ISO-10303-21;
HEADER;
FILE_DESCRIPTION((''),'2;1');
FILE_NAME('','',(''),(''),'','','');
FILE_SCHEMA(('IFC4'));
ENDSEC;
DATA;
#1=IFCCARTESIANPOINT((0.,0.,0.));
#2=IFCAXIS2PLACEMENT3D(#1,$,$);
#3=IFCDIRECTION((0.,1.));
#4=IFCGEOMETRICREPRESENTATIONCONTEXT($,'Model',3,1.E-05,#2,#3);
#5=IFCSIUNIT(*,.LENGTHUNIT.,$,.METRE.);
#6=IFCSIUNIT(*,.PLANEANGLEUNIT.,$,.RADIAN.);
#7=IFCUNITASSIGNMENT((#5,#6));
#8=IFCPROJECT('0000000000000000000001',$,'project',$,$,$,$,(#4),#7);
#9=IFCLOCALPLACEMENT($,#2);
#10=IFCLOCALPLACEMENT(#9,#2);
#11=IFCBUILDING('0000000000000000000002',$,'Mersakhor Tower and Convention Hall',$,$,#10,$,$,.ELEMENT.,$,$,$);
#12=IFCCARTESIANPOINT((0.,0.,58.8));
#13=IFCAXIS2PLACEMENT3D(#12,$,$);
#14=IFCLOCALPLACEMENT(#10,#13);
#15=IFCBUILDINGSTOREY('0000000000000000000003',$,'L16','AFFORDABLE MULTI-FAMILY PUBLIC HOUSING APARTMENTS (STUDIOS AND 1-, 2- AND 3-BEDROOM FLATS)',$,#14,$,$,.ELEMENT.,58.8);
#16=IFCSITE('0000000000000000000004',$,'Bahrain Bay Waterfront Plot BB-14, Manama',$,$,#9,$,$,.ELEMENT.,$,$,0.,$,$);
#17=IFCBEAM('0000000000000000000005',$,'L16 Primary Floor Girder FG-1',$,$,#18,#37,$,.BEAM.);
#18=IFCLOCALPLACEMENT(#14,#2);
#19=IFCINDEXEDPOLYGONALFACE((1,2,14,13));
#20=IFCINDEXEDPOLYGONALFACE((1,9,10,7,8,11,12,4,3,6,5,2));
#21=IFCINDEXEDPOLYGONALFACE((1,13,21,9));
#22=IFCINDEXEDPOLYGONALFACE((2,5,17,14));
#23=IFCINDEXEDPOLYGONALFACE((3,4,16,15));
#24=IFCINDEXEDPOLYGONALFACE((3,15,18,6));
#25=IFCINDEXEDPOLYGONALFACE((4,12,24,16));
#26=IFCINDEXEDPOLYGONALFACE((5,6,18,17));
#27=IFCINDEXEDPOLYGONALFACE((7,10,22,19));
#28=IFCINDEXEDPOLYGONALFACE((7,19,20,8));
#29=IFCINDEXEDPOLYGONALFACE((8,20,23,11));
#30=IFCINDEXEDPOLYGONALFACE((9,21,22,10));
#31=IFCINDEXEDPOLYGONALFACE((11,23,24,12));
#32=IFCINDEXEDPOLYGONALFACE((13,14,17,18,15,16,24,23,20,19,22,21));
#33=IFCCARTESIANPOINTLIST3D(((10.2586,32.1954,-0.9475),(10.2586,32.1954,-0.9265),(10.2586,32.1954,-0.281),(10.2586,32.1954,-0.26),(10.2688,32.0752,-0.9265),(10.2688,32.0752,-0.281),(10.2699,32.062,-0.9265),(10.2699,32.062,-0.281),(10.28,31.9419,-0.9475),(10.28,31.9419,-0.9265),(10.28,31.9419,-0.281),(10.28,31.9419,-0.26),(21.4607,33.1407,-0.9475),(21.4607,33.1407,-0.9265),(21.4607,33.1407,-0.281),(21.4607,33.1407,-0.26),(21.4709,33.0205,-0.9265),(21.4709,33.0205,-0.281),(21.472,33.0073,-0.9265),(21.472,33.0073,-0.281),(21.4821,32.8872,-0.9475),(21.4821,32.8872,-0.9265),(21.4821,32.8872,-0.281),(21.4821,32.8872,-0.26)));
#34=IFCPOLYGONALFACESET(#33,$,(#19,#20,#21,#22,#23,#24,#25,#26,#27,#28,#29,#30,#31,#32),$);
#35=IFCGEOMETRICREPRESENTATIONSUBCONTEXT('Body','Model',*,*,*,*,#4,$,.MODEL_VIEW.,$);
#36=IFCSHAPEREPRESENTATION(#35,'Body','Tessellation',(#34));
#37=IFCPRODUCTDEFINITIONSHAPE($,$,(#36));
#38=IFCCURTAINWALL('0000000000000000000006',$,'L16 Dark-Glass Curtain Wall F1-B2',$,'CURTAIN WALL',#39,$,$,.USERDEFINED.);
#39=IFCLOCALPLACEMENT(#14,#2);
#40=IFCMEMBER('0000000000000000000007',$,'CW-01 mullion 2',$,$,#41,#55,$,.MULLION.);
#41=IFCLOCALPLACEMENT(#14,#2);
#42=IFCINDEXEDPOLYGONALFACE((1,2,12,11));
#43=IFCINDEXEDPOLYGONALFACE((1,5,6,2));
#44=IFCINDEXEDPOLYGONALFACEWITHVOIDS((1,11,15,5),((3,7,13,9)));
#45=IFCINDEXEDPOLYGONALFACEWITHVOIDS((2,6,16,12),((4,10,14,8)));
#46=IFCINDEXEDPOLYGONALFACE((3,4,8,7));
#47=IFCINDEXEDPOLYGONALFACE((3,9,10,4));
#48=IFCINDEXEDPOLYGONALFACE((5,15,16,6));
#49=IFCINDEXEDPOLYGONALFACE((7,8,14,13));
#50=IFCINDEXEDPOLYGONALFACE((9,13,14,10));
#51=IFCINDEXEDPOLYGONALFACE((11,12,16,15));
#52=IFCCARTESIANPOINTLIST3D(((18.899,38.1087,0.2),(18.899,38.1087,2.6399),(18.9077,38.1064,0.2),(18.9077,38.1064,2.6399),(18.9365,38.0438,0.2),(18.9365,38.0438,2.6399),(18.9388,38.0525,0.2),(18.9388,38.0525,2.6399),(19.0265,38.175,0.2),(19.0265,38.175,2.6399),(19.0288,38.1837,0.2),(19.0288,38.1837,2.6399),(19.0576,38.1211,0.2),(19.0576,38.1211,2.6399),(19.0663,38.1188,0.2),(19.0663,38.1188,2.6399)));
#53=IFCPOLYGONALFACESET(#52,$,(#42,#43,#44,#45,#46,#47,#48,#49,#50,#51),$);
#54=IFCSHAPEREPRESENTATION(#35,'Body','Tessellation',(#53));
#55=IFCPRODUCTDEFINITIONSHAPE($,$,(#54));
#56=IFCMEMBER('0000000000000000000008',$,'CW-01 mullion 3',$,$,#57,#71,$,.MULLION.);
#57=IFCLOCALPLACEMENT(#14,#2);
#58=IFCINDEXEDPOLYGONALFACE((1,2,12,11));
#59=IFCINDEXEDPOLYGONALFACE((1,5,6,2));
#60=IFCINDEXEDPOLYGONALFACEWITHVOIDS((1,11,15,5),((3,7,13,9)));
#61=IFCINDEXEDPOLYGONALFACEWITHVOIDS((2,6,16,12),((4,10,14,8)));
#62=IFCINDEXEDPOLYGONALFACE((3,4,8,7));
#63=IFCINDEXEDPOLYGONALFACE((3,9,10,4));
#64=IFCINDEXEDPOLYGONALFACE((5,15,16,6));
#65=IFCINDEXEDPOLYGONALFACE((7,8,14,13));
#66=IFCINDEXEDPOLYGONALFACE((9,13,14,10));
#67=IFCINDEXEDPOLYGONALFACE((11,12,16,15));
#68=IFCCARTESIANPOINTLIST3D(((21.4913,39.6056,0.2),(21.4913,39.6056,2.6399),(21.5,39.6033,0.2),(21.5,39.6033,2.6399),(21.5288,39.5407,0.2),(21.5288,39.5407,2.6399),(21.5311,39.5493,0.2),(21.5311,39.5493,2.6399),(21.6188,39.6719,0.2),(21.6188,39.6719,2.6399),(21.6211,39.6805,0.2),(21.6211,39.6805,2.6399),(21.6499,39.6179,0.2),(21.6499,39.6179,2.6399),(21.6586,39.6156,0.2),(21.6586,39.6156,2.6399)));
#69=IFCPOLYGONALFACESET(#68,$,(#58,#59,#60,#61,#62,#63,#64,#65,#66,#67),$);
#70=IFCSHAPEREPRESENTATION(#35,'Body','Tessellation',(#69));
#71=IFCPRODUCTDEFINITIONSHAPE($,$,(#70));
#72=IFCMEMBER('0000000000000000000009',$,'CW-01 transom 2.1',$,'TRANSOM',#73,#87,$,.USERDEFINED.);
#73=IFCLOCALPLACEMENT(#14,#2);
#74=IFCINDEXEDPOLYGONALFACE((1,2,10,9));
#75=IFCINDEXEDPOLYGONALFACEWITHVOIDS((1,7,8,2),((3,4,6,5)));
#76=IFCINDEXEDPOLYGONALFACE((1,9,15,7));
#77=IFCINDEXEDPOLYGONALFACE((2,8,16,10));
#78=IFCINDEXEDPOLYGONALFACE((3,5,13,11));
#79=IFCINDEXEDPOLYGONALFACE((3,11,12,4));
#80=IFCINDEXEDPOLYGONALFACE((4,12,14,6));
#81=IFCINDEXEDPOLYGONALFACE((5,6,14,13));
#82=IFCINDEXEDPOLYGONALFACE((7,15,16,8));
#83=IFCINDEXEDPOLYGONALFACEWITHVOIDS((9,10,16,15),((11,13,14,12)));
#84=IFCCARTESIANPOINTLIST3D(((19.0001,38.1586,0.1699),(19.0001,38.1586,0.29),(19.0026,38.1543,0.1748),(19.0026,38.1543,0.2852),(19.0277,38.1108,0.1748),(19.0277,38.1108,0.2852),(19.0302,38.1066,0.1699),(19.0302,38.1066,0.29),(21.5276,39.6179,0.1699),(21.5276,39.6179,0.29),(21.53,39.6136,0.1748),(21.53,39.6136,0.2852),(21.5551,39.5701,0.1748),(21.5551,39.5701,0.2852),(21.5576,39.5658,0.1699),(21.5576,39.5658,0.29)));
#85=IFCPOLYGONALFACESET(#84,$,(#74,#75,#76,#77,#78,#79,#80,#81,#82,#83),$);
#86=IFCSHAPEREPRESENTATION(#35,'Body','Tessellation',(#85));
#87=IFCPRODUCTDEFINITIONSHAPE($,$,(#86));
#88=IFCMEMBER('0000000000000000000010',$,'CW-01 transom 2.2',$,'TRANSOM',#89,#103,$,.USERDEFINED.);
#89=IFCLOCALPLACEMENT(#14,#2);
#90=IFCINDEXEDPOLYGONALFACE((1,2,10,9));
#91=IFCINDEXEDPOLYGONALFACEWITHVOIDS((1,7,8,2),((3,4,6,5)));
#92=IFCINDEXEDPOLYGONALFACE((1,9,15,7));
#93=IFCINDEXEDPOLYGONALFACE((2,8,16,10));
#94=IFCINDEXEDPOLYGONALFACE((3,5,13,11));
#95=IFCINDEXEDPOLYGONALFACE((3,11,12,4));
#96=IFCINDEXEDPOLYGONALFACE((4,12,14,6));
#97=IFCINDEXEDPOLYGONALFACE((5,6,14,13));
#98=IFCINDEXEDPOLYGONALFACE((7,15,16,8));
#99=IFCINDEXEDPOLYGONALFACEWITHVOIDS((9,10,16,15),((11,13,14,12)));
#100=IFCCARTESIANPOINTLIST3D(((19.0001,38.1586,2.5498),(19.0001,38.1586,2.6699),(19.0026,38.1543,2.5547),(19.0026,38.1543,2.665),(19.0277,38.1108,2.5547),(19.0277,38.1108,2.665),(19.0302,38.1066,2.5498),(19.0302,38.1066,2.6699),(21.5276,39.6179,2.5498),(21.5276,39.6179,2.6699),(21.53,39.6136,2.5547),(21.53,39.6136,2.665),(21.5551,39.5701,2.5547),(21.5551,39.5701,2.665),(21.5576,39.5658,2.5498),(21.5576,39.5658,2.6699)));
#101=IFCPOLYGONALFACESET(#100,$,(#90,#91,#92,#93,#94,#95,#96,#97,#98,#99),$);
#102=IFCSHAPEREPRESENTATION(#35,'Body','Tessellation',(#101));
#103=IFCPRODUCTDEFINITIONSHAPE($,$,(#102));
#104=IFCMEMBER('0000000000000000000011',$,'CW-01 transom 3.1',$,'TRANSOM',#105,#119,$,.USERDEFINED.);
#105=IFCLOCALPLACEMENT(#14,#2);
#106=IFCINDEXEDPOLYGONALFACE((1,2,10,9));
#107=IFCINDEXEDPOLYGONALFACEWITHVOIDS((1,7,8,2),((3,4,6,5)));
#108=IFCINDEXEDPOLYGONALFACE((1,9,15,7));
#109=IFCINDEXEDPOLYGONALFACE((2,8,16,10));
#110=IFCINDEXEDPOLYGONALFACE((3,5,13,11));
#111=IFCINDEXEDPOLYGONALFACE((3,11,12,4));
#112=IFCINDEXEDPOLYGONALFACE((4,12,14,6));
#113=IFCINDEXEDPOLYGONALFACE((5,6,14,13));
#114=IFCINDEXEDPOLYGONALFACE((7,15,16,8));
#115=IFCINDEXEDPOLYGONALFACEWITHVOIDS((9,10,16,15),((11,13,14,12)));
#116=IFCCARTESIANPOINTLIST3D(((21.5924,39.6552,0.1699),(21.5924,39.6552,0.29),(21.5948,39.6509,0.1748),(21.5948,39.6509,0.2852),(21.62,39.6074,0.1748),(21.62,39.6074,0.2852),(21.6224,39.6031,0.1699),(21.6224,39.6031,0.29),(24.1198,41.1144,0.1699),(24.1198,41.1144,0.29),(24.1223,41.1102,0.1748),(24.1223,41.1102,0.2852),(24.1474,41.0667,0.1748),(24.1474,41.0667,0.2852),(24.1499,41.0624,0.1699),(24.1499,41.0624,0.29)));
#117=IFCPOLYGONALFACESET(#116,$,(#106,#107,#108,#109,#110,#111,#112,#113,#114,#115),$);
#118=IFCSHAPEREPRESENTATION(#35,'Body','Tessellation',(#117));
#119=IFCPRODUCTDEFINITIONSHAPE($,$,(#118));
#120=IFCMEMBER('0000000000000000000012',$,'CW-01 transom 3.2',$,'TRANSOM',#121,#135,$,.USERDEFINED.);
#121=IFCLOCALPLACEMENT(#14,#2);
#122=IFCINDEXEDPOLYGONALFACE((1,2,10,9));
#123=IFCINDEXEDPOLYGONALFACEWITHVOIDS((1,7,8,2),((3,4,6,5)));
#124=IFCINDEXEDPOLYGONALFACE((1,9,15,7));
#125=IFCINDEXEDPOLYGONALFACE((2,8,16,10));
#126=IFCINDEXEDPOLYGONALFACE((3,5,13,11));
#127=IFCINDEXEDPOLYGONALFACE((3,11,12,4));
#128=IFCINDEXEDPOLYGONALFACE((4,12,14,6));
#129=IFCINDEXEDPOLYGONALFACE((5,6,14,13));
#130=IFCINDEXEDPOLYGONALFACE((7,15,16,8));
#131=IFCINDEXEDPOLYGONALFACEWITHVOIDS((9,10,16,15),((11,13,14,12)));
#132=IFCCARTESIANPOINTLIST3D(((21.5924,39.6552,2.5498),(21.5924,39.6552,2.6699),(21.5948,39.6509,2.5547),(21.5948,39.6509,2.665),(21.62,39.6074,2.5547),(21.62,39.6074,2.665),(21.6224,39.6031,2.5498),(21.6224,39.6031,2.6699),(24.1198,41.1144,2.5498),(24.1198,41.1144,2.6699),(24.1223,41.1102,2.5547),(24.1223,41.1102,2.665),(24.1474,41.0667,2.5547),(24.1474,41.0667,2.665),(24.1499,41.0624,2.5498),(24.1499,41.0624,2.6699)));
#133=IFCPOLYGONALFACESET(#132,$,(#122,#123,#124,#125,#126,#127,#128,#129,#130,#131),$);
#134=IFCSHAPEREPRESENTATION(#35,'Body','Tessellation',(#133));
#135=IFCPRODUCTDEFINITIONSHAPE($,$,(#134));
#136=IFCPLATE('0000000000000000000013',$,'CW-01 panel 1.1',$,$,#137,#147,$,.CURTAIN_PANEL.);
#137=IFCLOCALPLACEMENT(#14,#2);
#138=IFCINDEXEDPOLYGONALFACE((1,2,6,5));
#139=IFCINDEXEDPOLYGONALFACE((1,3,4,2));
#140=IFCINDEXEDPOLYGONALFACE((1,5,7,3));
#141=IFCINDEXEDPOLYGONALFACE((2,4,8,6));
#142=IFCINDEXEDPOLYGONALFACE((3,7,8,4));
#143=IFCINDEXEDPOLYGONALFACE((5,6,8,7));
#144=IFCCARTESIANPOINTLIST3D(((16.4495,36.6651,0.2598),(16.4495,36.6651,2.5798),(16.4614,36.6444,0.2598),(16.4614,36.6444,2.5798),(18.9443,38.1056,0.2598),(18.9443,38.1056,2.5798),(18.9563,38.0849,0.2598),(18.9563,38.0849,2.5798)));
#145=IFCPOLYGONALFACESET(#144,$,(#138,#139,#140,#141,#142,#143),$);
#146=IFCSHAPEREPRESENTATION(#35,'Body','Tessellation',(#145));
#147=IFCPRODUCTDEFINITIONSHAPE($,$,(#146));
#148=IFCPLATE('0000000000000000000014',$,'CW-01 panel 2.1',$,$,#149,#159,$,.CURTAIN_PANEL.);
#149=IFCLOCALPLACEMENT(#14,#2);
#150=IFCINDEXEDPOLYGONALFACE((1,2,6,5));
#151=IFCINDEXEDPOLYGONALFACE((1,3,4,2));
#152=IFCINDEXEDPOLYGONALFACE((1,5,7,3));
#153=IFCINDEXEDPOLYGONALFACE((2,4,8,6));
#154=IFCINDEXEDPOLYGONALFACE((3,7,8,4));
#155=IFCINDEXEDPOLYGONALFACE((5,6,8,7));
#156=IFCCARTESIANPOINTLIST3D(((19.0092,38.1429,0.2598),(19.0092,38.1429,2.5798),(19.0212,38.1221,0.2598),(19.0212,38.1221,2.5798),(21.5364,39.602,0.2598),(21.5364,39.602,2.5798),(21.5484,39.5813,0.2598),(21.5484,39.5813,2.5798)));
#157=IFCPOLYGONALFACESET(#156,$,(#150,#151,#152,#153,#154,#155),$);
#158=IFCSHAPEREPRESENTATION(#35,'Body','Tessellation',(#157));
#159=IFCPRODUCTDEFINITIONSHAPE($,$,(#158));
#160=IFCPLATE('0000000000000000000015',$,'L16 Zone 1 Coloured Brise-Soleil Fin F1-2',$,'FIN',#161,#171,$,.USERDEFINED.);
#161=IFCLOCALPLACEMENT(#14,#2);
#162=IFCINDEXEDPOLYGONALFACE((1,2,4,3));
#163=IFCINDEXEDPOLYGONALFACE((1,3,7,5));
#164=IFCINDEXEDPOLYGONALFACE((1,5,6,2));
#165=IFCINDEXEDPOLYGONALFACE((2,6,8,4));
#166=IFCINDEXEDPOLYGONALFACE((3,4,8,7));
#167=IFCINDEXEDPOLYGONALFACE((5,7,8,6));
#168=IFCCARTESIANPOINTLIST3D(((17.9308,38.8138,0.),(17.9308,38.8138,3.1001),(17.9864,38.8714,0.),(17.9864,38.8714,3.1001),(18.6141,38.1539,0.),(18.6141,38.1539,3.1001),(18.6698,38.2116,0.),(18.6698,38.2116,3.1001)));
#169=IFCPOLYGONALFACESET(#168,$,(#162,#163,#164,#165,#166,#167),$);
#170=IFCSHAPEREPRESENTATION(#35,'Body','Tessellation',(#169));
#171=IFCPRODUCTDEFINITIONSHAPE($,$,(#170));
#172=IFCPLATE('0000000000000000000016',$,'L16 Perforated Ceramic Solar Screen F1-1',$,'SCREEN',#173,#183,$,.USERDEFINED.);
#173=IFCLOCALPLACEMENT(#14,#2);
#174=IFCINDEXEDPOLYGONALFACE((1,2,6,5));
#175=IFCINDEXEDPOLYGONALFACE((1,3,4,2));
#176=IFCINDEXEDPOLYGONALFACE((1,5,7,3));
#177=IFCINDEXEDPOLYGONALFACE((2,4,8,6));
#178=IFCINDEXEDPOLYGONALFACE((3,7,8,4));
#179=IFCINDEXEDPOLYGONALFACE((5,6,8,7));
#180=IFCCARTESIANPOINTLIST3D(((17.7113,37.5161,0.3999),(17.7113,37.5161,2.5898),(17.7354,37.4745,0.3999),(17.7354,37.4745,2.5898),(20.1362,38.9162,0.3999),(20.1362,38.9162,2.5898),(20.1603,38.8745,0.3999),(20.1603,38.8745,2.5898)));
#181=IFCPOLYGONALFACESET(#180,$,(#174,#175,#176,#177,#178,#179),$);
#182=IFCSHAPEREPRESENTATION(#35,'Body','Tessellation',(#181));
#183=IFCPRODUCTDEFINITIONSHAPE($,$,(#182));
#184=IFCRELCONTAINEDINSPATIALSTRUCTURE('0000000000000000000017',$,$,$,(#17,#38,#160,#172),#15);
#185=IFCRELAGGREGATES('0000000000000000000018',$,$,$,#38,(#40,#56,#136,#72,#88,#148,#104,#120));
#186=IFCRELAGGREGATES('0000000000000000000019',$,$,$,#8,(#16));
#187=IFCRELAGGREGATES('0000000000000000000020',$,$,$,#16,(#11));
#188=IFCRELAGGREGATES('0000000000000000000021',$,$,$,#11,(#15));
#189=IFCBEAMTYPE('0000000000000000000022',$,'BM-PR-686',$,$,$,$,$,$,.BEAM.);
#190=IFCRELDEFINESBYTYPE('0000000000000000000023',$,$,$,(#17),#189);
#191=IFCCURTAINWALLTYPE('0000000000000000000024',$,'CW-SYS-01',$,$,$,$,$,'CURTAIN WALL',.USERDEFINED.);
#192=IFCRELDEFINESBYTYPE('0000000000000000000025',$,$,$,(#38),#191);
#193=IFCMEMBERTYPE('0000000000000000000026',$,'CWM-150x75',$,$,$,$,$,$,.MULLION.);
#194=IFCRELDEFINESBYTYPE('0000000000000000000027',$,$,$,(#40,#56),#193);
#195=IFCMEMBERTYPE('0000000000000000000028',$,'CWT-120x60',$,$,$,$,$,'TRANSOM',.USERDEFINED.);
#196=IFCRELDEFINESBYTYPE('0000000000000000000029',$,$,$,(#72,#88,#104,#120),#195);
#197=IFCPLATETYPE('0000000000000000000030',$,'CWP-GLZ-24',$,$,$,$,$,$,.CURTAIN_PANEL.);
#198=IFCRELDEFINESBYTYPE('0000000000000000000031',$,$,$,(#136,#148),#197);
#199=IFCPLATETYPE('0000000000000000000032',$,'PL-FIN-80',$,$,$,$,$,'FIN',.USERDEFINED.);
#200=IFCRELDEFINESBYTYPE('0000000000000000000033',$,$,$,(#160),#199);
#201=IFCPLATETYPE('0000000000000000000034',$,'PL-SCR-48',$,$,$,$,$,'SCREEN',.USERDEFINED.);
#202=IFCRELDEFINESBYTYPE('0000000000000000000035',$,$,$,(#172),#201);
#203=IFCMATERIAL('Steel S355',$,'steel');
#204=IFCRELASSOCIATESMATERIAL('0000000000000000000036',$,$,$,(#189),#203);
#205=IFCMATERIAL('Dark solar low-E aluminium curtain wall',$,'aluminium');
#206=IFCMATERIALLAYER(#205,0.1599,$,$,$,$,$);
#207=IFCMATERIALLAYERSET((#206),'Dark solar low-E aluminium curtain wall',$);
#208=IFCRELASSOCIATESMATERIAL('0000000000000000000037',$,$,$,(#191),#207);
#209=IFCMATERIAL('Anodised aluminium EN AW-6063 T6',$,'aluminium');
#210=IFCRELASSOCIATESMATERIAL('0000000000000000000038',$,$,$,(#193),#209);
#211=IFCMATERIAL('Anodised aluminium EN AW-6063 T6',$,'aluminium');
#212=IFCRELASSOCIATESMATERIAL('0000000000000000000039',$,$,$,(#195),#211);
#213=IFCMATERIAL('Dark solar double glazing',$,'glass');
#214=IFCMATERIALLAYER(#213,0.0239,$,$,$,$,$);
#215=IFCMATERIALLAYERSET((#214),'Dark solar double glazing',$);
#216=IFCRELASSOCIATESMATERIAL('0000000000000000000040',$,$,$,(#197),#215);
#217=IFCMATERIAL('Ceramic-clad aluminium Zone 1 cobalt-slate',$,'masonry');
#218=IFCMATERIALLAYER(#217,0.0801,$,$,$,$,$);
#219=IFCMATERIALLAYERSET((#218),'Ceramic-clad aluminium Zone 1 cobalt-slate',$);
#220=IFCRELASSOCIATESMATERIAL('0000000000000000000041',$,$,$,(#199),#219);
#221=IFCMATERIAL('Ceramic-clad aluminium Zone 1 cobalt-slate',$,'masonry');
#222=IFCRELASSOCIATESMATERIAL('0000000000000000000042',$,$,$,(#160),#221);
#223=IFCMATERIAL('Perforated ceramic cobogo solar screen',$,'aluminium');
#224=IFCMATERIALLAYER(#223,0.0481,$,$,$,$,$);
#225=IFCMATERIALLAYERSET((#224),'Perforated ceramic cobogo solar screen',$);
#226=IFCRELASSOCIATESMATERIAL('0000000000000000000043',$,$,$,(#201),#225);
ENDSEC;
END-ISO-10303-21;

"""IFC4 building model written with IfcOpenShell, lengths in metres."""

from ifc_helpers import new_model, si_unit, direction, frame, origin, origin_2d, place, context, subcontext, project, spatial, rectangle, hollow_rectangle, i_section, extrude, material, layer, layer_set, material_profile, profile_set, type_object, element, aggregate, save


model = new_model("IFC4")

# Units and contexts
model_context = context("Model", 3, precision=1e-05, world=origin(), true_north=direction((0.0, 1.0)))
body_context = subcontext(model_context, "Body", "Model", "MODEL_VIEW")
ifc_project = project(units=[si_unit("LENGTHUNIT", "METRE"), si_unit("PLANEANGLEUNIT", "RADIAN")], contexts=[model_context])

# Site, building, storey
site_placement = place(None, origin())
site = spatial("IfcSite", under=ifc_project, at=site_placement, Name="Bahrain Bay Waterfront Plot BB-14, Manama", CompositionType="ELEMENT", RefElevation=0.0)
building_placement = place(site_placement, origin())
building = spatial("IfcBuilding", under=site, at=building_placement, Name="Mersakhor Tower and Convention Hall", CompositionType="ELEMENT")
storey_placement = place(building_placement, frame((0.0, 0.0, 58.8)))
storey = spatial("IfcBuildingStorey", under=building, at=storey_placement, Name="L16", Description="AFFORDABLE MULTI-FAMILY PUBLIC HOUSING APARTMENTS (STUDIOS AND 1-, 2- AND 3-BEDROOM FLATS)", CompositionType="ELEMENT", Elevation=58.8)

# Beam
ifc_material_1 = material(Name="Steel S355", Category="steel")
ifc_material_profile_1 = material_profile(ifc_material_1, i_section(OverallWidth=0.2544, OverallDepth=0.6875, WebThickness=0.0132, FlangeThickness=0.021, at=origin_2d()), Name="UB 686x254x152")
ifc_profile_set_1 = profile_set([ifc_material_profile_1], Name="Steel S355")
beam_type = type_object("IfcBeamType", Name="BM-PR-686", PredefinedType="BEAM", material=ifc_profile_set_1)
beam_placement = place(storey_placement, frame((21.4714, 33.0139, -0.6038), z_axis=(-0.996458, -0.084088, 0.0), x_axis=(0.084088, -0.996458, 0.0)))
element("IfcBeam", 1, at=beam_placement, inside=storey, type_object=beam_type, Name="L16 Primary Floor Girder FG-1", PredefinedType="BEAM", context=body_context, shape_type="SweptSolid", body=[
    extrude(i_section(OverallWidth=0.2544, OverallDepth=0.6875, WebThickness=0.0132, FlangeThickness=0.021, at=origin_2d()), origin(), (0.0, 0.0, 1.0), 11.2419),
])

# Curtain wall, members, plates
ifc_material_2 = material(Name="Dark solar low-E aluminium curtain wall", Category="aluminium")
ifc_layer_1 = layer(ifc_material_2, 0.1599)
ifc_layer_set_1 = layer_set([ifc_layer_1], Name="Dark solar low-E aluminium curtain wall")
curtain_wall_type = type_object("IfcCurtainWallType", Name="CW-SYS-01", ElementType="CURTAIN WALL", PredefinedType="USERDEFINED", material=ifc_layer_set_1)
curtain_wall_placement = place(storey_placement, origin())
curtain_wall = element("IfcCurtainWall", 2, at=curtain_wall_placement, inside=storey, type_object=curtain_wall_type, Name="L16 Dark-Glass Curtain Wall F1-B2", ObjectType="CURTAIN WALL", PredefinedType="USERDEFINED")
ifc_material_3 = material(Name="Anodised aluminium EN AW-6063 T6", Category="aluminium")
ifc_material_profile_2 = material_profile(ifc_material_3, hollow_rectangle(XDim=0.075, YDim=0.1499, WallThickness=0.0063, at=origin_2d()), Name="RHS 150x75x6.3")
ifc_profile_set_2 = profile_set([ifc_material_profile_2], Name="Anodised aluminium EN AW-6063 T6")
member_type_1 = type_object("IfcMemberType", Name="CWM-150x75", PredefinedType="MULLION", material=ifc_profile_set_2)
member_1_placement = place(storey_placement, frame((18.9827, 38.1138, 0.2), z_axis=(0.0, 0.0, 1.0), x_axis=(-0.500003, 0.866023, 0.0)))
member_1 = element("IfcMember", 3, at=member_1_placement, type_object=member_type_1, Name="CW-01 mullion 2", PredefinedType="MULLION", context=body_context, shape_type="SweptSolid", body=[
    extrude(hollow_rectangle(XDim=0.075, YDim=0.1499, WallThickness=0.0063, at=origin_2d()), origin(), (0.0, 0.0, 1.0), 2.4399),
])
member_2_placement = place(storey_placement, frame((21.575, 39.6106, 0.2), z_axis=(0.0, 0.0, 1.0), x_axis=(-0.500003, 0.866023, 0.0)))
member_2 = element("IfcMember", 4, at=member_2_placement, type_object=member_type_1, Name="CW-01 mullion 3", PredefinedType="MULLION", context=body_context, shape_type="SweptSolid", body=[
    extrude(hollow_rectangle(XDim=0.075, YDim=0.1499, WallThickness=0.0063, at=origin_2d()), origin(), (0.0, 0.0, 1.0), 2.4399),
])
ifc_material_4 = material(Name="Anodised aluminium EN AW-6063 T6", Category="aluminium")
ifc_material_profile_3 = material_profile(ifc_material_4, hollow_rectangle(XDim=0.0601, YDim=0.1201, WallThickness=0.0049, at=origin_2d()), Name="RHS 120x60x5")
ifc_profile_set_3 = profile_set([ifc_material_profile_3], Name="Anodised aluminium EN AW-6063 T6")
member_type_2 = type_object("IfcMemberType", Name="CWT-120x60", ElementType="TRANSOM", PredefinedType="USERDEFINED", material=ifc_profile_set_3)
member_3_placement = place(storey_placement, frame((19.0151, 38.1326, 0.23), z_axis=(0.866016, 0.500017, 0.0), x_axis=(-0.500017, 0.866016, 0.0)))
member_3 = element("IfcMember", 5, at=member_3_placement, type_object=member_type_2, Name="CW-01 transom 2.1", ObjectType="TRANSOM", PredefinedType="USERDEFINED", context=body_context, shape_type="SweptSolid", body=[
    extrude(hollow_rectangle(XDim=0.0601, YDim=0.1201, WallThickness=0.0049, at=origin_2d()), origin(), (0.0, 0.0, 1.0), 2.9185),
])
member_4_placement = place(storey_placement, frame((19.0151, 38.1326, 2.6099), z_axis=(0.866016, 0.500017, 0.0), x_axis=(-0.500017, 0.866016, 0.0)))
member_4 = element("IfcMember", 6, at=member_4_placement, type_object=member_type_2, Name="CW-01 transom 2.2", ObjectType="TRANSOM", PredefinedType="USERDEFINED", context=body_context, shape_type="SweptSolid", body=[
    extrude(hollow_rectangle(XDim=0.0601, YDim=0.1201, WallThickness=0.0049, at=origin_2d()), origin(), (0.0, 0.0, 1.0), 2.9185),
])
member_5_placement = place(storey_placement, frame((21.6074, 39.6292, 0.23), z_axis=(0.866016, 0.500017, 0.0), x_axis=(-0.500017, 0.866016, 0.0)))
member_5 = element("IfcMember", 7, at=member_5_placement, type_object=member_type_2, Name="CW-01 transom 3.1", ObjectType="TRANSOM", PredefinedType="USERDEFINED", context=body_context, shape_type="SweptSolid", body=[
    extrude(hollow_rectangle(XDim=0.0601, YDim=0.1201, WallThickness=0.0049, at=origin_2d()), origin(), (0.0, 0.0, 1.0), 2.9185),
])
member_6_placement = place(storey_placement, frame((21.6074, 39.6292, 2.6099), z_axis=(0.866016, 0.500017, 0.0), x_axis=(-0.500017, 0.866016, 0.0)))
member_6 = element("IfcMember", 8, at=member_6_placement, type_object=member_type_2, Name="CW-01 transom 3.2", ObjectType="TRANSOM", PredefinedType="USERDEFINED", context=body_context, shape_type="SweptSolid", body=[
    extrude(hollow_rectangle(XDim=0.0601, YDim=0.1201, WallThickness=0.0049, at=origin_2d()), origin(), (0.0, 0.0, 1.0), 2.9185),
])
ifc_material_5 = material(Name="Dark solar double glazing", Category="glass")
ifc_layer_2 = layer(ifc_material_5, 0.0239)
ifc_layer_set_2 = layer_set([ifc_layer_2], Name="Dark solar double glazing")
plate_type_1 = type_object("IfcPlateType", Name="CWP-GLZ-24", PredefinedType="CURTAIN_PANEL", material=ifc_layer_set_2)
plate_1_placement = place(storey_placement, frame((17.7029, 37.375, 0.2598), z_axis=(0.0, 0.0, 1.0), x_axis=(0.866023, 0.500003, 0.0)))
plate_1 = element("IfcPlate", 9, at=plate_1_placement, type_object=plate_type_1, Name="CW-01 panel 1.1", PredefinedType="CURTAIN_PANEL", context=body_context, shape_type="SweptSolid", body=[
    extrude(rectangle(XDim=2.8809, YDim=0.0239, at=origin_2d()), origin(), (0.0, 0.0, 1.0), 2.3201),
])
plate_2_placement = place(storey_placement, frame((20.2788, 38.8621, 0.2598), z_axis=(0.0, 0.0, 1.0), x_axis=(0.866023, 0.500003, 0.0)))
plate_2 = element("IfcPlate", 10, at=plate_2_placement, type_object=plate_type_1, Name="CW-01 panel 2.1", PredefinedType="CURTAIN_PANEL", context=body_context, shape_type="SweptSolid", body=[
    extrude(rectangle(XDim=2.9182, YDim=0.0239, at=origin_2d()), origin(), (0.0, 0.0, 1.0), 2.3201),
])
aggregate(curtain_wall, [member_1, member_2, plate_1, member_3, member_4, plate_2, member_5, member_6])

# Plates
ifc_material_6 = material(Name="Ceramic-clad aluminium Zone 1 cobalt-slate", Category="masonry")
ifc_material_7 = material(Name="Ceramic-clad aluminium Zone 1 cobalt-slate", Category="masonry")
ifc_layer_3 = layer(ifc_material_7, 0.0801)
ifc_layer_set_3 = layer_set([ifc_layer_3], Name="Ceramic-clad aluminium Zone 1 cobalt-slate")
plate_type_2 = type_object("IfcPlateType", Name="PL-FIN-80", ElementType="FIN", PredefinedType="USERDEFINED", material=ifc_layer_set_3)
plate_3_placement = place(storey_placement, frame((18.3003, 38.5127, 0.0), z_axis=(0.0, 0.0, 1.0), x_axis=(-0.71934, 0.694658, 0.0)))
element("IfcPlate", 11, at=plate_3_placement, inside=storey, type_object=plate_type_2, material=ifc_material_6, Name="L16 Zone 1 Coloured Brise-Soleil Fin F1-2", ObjectType="FIN", PredefinedType="USERDEFINED", context=body_context, shape_type="SweptSolid", body=[
    extrude(rectangle(XDim=0.95, YDim=0.0801, at=origin_2d()), origin(), (0.0, 0.0, 1.0), 3.1001),
])
ifc_material_8 = material(Name="Perforated ceramic cobogo solar screen", Category="aluminium")
ifc_layer_4 = layer(ifc_material_8, 0.0481)
ifc_layer_set_4 = layer_set([ifc_layer_4], Name="Perforated ceramic cobogo solar screen")
plate_type_3 = type_object("IfcPlateType", Name="PL-SCR-48", ElementType="SCREEN", PredefinedType="USERDEFINED", material=ifc_layer_set_4)
plate_4_placement = place(storey_placement, frame((18.9358, 38.1953, 0.3999), z_axis=(0.0, 0.0, 1.0), x_axis=(0.866025, 0.5, 0.0)))
element("IfcPlate", 12, at=plate_4_placement, inside=storey, type_object=plate_type_3, Name="L16 Perforated Ceramic Solar Screen F1-1", ObjectType="SCREEN", PredefinedType="USERDEFINED", context=body_context, shape_type="SweptSolid", body=[
    extrude(rectangle(XDim=2.8, YDim=0.0481, at=origin_2d()), origin(), (0.0, 0.0, 1.0), 2.1899),
])

save(model, "model.ifc")
